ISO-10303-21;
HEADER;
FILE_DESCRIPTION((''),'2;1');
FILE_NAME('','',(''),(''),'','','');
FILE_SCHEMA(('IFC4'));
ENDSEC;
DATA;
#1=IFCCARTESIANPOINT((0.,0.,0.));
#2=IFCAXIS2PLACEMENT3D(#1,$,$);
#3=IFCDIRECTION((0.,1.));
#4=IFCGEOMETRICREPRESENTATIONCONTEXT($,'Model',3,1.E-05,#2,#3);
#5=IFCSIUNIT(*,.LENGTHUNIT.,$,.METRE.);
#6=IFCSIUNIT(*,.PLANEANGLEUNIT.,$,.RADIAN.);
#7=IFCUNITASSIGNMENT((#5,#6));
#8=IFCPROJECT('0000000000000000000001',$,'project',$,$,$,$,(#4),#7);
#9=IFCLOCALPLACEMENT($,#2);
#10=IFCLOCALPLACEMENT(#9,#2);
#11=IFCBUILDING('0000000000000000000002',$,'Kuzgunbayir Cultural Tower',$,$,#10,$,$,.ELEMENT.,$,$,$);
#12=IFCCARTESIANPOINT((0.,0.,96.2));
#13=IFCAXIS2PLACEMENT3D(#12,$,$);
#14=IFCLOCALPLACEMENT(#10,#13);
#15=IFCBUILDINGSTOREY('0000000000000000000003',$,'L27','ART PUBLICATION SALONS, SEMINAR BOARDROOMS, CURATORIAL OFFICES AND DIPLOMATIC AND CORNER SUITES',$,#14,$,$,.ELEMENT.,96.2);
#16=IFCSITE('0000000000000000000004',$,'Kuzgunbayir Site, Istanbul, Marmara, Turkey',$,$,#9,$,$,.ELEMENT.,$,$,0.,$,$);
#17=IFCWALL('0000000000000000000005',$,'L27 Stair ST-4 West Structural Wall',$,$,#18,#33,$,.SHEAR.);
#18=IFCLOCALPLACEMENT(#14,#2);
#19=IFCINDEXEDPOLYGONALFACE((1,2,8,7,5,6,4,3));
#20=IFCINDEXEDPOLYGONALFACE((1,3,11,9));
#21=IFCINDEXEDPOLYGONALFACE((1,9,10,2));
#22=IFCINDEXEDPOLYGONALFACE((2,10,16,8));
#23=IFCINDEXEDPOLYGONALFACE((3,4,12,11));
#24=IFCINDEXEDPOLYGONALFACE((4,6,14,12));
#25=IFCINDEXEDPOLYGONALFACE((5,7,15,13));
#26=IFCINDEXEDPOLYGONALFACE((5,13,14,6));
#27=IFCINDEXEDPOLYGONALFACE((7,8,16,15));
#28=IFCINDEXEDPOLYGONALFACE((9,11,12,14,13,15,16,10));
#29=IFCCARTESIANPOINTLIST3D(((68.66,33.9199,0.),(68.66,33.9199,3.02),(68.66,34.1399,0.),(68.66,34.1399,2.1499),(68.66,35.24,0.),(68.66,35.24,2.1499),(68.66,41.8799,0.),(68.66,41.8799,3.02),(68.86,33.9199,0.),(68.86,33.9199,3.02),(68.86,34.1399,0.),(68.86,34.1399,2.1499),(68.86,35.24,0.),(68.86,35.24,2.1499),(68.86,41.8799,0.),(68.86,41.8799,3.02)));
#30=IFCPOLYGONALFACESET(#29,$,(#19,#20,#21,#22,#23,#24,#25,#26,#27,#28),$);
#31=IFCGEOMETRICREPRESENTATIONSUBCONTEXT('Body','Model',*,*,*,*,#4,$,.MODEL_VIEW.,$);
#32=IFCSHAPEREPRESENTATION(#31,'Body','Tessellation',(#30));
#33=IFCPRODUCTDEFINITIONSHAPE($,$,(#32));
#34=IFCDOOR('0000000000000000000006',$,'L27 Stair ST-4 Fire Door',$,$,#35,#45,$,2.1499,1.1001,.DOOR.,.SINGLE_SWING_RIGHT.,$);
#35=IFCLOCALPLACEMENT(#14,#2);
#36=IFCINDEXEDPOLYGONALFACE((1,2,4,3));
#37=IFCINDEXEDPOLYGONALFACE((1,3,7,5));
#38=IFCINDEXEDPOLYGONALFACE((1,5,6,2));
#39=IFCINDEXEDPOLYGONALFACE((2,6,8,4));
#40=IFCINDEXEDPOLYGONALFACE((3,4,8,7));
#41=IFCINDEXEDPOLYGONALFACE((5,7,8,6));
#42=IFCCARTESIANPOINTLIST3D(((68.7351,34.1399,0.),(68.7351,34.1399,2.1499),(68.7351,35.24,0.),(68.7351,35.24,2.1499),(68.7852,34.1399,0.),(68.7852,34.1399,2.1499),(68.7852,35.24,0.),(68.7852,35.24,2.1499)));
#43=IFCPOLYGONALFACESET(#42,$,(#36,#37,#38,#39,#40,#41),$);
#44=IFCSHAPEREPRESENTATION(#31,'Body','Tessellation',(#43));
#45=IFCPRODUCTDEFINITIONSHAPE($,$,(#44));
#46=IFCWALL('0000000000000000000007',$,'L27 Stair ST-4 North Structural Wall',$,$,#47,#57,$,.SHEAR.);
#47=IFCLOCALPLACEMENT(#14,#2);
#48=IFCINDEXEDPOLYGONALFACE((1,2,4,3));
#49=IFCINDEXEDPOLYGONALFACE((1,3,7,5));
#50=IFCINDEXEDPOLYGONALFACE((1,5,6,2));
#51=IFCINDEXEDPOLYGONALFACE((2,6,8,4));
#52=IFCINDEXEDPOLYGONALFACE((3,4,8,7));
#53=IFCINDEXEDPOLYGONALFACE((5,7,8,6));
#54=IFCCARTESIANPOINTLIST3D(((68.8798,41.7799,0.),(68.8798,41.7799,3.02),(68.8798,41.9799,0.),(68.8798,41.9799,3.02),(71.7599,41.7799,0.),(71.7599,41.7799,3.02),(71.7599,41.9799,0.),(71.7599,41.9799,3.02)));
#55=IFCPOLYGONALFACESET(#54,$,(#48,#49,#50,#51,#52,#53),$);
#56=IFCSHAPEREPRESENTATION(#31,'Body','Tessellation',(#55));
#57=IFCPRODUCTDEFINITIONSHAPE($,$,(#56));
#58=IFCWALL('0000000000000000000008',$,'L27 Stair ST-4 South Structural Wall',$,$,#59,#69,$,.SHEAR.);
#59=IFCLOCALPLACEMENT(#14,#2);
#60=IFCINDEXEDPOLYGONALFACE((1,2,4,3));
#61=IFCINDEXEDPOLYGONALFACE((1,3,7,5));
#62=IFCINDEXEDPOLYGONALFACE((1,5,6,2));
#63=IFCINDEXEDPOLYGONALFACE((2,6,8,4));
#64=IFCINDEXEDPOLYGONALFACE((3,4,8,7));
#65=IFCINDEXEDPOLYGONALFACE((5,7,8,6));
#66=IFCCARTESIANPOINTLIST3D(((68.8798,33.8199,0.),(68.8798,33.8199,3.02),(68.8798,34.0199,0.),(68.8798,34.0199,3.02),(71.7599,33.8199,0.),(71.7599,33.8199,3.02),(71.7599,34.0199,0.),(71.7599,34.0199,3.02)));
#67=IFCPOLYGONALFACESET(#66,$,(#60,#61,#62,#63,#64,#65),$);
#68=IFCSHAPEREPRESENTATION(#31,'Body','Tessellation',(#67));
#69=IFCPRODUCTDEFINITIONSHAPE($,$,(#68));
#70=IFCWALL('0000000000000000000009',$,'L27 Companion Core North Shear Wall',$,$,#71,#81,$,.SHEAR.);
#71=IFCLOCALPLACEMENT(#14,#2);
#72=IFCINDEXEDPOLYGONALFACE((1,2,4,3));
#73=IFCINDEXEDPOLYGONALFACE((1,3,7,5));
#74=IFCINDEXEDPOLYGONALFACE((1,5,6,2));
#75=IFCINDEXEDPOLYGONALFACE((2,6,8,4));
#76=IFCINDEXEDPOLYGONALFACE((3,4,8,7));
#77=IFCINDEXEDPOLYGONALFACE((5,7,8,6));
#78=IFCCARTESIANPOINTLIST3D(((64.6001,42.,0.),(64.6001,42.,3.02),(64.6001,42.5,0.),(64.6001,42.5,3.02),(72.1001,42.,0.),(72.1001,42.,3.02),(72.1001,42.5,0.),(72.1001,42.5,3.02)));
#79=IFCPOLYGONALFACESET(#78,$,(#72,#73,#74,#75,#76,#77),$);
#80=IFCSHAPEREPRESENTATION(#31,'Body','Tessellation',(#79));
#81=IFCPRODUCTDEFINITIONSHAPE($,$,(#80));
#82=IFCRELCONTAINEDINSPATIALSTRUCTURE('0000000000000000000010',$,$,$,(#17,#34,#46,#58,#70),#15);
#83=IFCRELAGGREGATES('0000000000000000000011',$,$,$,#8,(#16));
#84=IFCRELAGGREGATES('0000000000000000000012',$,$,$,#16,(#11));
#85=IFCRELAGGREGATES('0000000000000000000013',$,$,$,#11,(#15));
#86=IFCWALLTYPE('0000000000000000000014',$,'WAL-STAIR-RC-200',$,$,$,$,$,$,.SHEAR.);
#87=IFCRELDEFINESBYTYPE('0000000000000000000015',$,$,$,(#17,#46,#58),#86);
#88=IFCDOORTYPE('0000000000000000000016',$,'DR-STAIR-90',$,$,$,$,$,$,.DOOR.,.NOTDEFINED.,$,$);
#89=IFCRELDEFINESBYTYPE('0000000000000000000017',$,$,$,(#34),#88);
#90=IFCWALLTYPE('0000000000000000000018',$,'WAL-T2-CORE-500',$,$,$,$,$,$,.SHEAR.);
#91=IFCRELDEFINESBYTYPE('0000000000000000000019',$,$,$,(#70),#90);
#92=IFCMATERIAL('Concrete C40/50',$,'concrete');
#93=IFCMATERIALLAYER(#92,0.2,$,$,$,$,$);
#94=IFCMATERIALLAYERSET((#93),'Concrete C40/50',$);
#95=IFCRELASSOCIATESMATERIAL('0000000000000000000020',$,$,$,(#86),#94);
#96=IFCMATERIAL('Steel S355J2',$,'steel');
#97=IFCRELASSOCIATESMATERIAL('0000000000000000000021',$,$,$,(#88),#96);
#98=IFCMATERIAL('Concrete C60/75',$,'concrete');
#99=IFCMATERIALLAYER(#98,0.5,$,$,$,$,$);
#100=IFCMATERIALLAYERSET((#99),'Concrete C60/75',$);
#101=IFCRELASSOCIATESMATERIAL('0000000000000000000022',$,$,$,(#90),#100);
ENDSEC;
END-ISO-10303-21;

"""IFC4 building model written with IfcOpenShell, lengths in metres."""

from ifc_helpers import new_model, si_unit, direction, frame, frame_2d, origin, place, context, subcontext, project, spatial, rectangle, extrude, material, layer, layer_set, type_object, element, fill, save


model = new_model("IFC4")

# Units and contexts
model_context = context("Model", 3, precision=1e-05, world=origin(), true_north=direction((0.0, 1.0)))
body_context = subcontext(model_context, "Body", "Model", "MODEL_VIEW")
ifc_project = project(units=[si_unit("LENGTHUNIT", "METRE"), si_unit("PLANEANGLEUNIT", "RADIAN")], contexts=[model_context])

# Site, building, storey
site_placement = place(None, origin())
site = spatial("IfcSite", under=ifc_project, at=site_placement, Name="Kuzgunbayir Site, Istanbul, Marmara, Turkey", CompositionType="ELEMENT", RefElevation=0.0)
building_placement = place(site_placement, origin())
building = spatial("IfcBuilding", under=site, at=building_placement, Name="Kuzgunbayir Cultural Tower", CompositionType="ELEMENT")
storey_placement = place(building_placement, frame((0.0, 0.0, 96.2)))
storey = spatial("IfcBuildingStorey", under=building, at=storey_placement, Name="L27", Description="ART PUBLICATION SALONS, SEMINAR BOARDROOMS, CURATORIAL OFFICES AND DIPLOMATIC AND CORNER SUITES", CompositionType="ELEMENT", Elevation=96.2)

# Shared definitions
ifc_material_1 = material(Name="Concrete C60/75", Category="concrete")

# Shared definitions
ifc_material_2 = material(Name="Steel S355J2", Category="steel")

# Shared definitions
ifc_material_3 = material(Name="Concrete C40/50", Category="concrete")

# Wall, opening, door
ifc_layer_1 = layer(ifc_material_3, 0.2)
ifc_layer_set_1 = layer_set([ifc_layer_1], Name="Concrete C40/50")
wall_type_1 = type_object("IfcWallType", Name="WAL-STAIR-RC-200", PredefinedType="SHEAR", material=ifc_layer_set_1)
wall_1_placement = place(storey_placement, frame((68.76, 33.9199, 0.0), z_axis=(0.0, 0.0, 1.0), x_axis=(0.0, 1.0, 0.0)))
wall_1 = element("IfcWall", 1, at=wall_1_placement, inside=storey, type_object=wall_type_1, Name="L27 Stair ST-4 West Structural Wall", PredefinedType="SHEAR", context=body_context, shape_type="SweptSolid", body=[
    extrude(rectangle(XDim=7.96, YDim=0.2, at=frame_2d((3.98, 0.0))), origin(), (0.0, 0.0, 1.0), 3.02),
])
opening_1_placement = place(wall_1_placement, frame((0.22, 0.0, 0.0)))
opening_1 = element("IfcOpeningElement", 2, at=opening_1_placement, cuts=wall_1, PredefinedType="OPENING", context=body_context, shape_type="SweptSolid", body=[
    extrude(rectangle(XDim=1.1001, YDim=2.1499, at=frame_2d((0.55, 1.075))), frame((0.0, 0.1099, 0.0), z_axis=(0.0, -1.0, 0.0), x_axis=(1.0, 0.0, 0.0)), (0.0, 0.0, 1.0), 0.22),
])
door_type_1 = type_object("IfcDoorType", Name="DR-STAIR-90", OperationType="NOTDEFINED", PredefinedType="DOOR", material=ifc_material_2)
door_1_placement = place(opening_1_placement, origin())
door_1 = element("IfcDoor", 3, at=door_1_placement, inside=storey, type_object=door_type_1, Name="L27 Stair ST-4 Fire Door", OperationType="SINGLE_SWING_RIGHT", OverallHeight=2.1499, OverallWidth=1.1001, PredefinedType="DOOR", context=body_context, shape_type="SweptSolid", body=[
    extrude(rectangle(XDim=1.1001, YDim=2.1499, at=frame_2d((0.55, 1.075))), frame((0.0, 0.0249, 0.0), z_axis=(0.0, -1.0, 0.0), x_axis=(1.0, 0.0, 0.0)), (0.0, 0.0, 1.0), 0.05),
])
fill(opening_1, door_1)

# Walls
for number, where, z_axis, x_axis, name in (
    (4, (68.8799, 41.8799, 0.0), (0.0, 0.0, 1.0), (1.0, 0.0, 0.0), "L27 Stair ST-4 North Structural Wall"),
    (5, (68.8799, 33.9199, 0.0), (0.0, 0.0, 1.0), (1.0, 0.0, 0.0), "L27 Stair ST-4 South Structural Wall"),
):
    element("IfcWall", number, at=place(storey_placement, frame(where, z_axis=z_axis, x_axis=x_axis)), inside=storey, type_object=wall_type_1, Name=name, PredefinedType="SHEAR", context=body_context, shape_type="SweptSolid", body=[
        extrude(rectangle(XDim=2.8801, YDim=0.2, at=frame_2d((1.4399, 0.0))), origin(), (0.0, 0.0, 1.0), 3.02),
    ])
ifc_layer_2 = layer(ifc_material_1, 0.5)
ifc_layer_set_2 = layer_set([ifc_layer_2], Name="Concrete C60/75")
wall_type_2 = type_object("IfcWallType", Name="WAL-T2-CORE-500", PredefinedType="SHEAR", material=ifc_layer_set_2)
wall_2_placement = place(storey_placement, frame((64.6001, 42.25, 0.0), z_axis=(0.0, 0.0, 1.0), x_axis=(1.0, 0.0, 0.0)))
element("IfcWall", 6, at=wall_2_placement, inside=storey, type_object=wall_type_2, Name="L27 Companion Core North Shear Wall", PredefinedType="SHEAR", context=body_context, shape_type="SweptSolid", body=[
    extrude(rectangle(XDim=7.5, YDim=0.5, at=frame_2d((3.75, 0.0))), origin(), (0.0, 0.0, 1.0), 3.02),
])

save(model, "model.ifc")
